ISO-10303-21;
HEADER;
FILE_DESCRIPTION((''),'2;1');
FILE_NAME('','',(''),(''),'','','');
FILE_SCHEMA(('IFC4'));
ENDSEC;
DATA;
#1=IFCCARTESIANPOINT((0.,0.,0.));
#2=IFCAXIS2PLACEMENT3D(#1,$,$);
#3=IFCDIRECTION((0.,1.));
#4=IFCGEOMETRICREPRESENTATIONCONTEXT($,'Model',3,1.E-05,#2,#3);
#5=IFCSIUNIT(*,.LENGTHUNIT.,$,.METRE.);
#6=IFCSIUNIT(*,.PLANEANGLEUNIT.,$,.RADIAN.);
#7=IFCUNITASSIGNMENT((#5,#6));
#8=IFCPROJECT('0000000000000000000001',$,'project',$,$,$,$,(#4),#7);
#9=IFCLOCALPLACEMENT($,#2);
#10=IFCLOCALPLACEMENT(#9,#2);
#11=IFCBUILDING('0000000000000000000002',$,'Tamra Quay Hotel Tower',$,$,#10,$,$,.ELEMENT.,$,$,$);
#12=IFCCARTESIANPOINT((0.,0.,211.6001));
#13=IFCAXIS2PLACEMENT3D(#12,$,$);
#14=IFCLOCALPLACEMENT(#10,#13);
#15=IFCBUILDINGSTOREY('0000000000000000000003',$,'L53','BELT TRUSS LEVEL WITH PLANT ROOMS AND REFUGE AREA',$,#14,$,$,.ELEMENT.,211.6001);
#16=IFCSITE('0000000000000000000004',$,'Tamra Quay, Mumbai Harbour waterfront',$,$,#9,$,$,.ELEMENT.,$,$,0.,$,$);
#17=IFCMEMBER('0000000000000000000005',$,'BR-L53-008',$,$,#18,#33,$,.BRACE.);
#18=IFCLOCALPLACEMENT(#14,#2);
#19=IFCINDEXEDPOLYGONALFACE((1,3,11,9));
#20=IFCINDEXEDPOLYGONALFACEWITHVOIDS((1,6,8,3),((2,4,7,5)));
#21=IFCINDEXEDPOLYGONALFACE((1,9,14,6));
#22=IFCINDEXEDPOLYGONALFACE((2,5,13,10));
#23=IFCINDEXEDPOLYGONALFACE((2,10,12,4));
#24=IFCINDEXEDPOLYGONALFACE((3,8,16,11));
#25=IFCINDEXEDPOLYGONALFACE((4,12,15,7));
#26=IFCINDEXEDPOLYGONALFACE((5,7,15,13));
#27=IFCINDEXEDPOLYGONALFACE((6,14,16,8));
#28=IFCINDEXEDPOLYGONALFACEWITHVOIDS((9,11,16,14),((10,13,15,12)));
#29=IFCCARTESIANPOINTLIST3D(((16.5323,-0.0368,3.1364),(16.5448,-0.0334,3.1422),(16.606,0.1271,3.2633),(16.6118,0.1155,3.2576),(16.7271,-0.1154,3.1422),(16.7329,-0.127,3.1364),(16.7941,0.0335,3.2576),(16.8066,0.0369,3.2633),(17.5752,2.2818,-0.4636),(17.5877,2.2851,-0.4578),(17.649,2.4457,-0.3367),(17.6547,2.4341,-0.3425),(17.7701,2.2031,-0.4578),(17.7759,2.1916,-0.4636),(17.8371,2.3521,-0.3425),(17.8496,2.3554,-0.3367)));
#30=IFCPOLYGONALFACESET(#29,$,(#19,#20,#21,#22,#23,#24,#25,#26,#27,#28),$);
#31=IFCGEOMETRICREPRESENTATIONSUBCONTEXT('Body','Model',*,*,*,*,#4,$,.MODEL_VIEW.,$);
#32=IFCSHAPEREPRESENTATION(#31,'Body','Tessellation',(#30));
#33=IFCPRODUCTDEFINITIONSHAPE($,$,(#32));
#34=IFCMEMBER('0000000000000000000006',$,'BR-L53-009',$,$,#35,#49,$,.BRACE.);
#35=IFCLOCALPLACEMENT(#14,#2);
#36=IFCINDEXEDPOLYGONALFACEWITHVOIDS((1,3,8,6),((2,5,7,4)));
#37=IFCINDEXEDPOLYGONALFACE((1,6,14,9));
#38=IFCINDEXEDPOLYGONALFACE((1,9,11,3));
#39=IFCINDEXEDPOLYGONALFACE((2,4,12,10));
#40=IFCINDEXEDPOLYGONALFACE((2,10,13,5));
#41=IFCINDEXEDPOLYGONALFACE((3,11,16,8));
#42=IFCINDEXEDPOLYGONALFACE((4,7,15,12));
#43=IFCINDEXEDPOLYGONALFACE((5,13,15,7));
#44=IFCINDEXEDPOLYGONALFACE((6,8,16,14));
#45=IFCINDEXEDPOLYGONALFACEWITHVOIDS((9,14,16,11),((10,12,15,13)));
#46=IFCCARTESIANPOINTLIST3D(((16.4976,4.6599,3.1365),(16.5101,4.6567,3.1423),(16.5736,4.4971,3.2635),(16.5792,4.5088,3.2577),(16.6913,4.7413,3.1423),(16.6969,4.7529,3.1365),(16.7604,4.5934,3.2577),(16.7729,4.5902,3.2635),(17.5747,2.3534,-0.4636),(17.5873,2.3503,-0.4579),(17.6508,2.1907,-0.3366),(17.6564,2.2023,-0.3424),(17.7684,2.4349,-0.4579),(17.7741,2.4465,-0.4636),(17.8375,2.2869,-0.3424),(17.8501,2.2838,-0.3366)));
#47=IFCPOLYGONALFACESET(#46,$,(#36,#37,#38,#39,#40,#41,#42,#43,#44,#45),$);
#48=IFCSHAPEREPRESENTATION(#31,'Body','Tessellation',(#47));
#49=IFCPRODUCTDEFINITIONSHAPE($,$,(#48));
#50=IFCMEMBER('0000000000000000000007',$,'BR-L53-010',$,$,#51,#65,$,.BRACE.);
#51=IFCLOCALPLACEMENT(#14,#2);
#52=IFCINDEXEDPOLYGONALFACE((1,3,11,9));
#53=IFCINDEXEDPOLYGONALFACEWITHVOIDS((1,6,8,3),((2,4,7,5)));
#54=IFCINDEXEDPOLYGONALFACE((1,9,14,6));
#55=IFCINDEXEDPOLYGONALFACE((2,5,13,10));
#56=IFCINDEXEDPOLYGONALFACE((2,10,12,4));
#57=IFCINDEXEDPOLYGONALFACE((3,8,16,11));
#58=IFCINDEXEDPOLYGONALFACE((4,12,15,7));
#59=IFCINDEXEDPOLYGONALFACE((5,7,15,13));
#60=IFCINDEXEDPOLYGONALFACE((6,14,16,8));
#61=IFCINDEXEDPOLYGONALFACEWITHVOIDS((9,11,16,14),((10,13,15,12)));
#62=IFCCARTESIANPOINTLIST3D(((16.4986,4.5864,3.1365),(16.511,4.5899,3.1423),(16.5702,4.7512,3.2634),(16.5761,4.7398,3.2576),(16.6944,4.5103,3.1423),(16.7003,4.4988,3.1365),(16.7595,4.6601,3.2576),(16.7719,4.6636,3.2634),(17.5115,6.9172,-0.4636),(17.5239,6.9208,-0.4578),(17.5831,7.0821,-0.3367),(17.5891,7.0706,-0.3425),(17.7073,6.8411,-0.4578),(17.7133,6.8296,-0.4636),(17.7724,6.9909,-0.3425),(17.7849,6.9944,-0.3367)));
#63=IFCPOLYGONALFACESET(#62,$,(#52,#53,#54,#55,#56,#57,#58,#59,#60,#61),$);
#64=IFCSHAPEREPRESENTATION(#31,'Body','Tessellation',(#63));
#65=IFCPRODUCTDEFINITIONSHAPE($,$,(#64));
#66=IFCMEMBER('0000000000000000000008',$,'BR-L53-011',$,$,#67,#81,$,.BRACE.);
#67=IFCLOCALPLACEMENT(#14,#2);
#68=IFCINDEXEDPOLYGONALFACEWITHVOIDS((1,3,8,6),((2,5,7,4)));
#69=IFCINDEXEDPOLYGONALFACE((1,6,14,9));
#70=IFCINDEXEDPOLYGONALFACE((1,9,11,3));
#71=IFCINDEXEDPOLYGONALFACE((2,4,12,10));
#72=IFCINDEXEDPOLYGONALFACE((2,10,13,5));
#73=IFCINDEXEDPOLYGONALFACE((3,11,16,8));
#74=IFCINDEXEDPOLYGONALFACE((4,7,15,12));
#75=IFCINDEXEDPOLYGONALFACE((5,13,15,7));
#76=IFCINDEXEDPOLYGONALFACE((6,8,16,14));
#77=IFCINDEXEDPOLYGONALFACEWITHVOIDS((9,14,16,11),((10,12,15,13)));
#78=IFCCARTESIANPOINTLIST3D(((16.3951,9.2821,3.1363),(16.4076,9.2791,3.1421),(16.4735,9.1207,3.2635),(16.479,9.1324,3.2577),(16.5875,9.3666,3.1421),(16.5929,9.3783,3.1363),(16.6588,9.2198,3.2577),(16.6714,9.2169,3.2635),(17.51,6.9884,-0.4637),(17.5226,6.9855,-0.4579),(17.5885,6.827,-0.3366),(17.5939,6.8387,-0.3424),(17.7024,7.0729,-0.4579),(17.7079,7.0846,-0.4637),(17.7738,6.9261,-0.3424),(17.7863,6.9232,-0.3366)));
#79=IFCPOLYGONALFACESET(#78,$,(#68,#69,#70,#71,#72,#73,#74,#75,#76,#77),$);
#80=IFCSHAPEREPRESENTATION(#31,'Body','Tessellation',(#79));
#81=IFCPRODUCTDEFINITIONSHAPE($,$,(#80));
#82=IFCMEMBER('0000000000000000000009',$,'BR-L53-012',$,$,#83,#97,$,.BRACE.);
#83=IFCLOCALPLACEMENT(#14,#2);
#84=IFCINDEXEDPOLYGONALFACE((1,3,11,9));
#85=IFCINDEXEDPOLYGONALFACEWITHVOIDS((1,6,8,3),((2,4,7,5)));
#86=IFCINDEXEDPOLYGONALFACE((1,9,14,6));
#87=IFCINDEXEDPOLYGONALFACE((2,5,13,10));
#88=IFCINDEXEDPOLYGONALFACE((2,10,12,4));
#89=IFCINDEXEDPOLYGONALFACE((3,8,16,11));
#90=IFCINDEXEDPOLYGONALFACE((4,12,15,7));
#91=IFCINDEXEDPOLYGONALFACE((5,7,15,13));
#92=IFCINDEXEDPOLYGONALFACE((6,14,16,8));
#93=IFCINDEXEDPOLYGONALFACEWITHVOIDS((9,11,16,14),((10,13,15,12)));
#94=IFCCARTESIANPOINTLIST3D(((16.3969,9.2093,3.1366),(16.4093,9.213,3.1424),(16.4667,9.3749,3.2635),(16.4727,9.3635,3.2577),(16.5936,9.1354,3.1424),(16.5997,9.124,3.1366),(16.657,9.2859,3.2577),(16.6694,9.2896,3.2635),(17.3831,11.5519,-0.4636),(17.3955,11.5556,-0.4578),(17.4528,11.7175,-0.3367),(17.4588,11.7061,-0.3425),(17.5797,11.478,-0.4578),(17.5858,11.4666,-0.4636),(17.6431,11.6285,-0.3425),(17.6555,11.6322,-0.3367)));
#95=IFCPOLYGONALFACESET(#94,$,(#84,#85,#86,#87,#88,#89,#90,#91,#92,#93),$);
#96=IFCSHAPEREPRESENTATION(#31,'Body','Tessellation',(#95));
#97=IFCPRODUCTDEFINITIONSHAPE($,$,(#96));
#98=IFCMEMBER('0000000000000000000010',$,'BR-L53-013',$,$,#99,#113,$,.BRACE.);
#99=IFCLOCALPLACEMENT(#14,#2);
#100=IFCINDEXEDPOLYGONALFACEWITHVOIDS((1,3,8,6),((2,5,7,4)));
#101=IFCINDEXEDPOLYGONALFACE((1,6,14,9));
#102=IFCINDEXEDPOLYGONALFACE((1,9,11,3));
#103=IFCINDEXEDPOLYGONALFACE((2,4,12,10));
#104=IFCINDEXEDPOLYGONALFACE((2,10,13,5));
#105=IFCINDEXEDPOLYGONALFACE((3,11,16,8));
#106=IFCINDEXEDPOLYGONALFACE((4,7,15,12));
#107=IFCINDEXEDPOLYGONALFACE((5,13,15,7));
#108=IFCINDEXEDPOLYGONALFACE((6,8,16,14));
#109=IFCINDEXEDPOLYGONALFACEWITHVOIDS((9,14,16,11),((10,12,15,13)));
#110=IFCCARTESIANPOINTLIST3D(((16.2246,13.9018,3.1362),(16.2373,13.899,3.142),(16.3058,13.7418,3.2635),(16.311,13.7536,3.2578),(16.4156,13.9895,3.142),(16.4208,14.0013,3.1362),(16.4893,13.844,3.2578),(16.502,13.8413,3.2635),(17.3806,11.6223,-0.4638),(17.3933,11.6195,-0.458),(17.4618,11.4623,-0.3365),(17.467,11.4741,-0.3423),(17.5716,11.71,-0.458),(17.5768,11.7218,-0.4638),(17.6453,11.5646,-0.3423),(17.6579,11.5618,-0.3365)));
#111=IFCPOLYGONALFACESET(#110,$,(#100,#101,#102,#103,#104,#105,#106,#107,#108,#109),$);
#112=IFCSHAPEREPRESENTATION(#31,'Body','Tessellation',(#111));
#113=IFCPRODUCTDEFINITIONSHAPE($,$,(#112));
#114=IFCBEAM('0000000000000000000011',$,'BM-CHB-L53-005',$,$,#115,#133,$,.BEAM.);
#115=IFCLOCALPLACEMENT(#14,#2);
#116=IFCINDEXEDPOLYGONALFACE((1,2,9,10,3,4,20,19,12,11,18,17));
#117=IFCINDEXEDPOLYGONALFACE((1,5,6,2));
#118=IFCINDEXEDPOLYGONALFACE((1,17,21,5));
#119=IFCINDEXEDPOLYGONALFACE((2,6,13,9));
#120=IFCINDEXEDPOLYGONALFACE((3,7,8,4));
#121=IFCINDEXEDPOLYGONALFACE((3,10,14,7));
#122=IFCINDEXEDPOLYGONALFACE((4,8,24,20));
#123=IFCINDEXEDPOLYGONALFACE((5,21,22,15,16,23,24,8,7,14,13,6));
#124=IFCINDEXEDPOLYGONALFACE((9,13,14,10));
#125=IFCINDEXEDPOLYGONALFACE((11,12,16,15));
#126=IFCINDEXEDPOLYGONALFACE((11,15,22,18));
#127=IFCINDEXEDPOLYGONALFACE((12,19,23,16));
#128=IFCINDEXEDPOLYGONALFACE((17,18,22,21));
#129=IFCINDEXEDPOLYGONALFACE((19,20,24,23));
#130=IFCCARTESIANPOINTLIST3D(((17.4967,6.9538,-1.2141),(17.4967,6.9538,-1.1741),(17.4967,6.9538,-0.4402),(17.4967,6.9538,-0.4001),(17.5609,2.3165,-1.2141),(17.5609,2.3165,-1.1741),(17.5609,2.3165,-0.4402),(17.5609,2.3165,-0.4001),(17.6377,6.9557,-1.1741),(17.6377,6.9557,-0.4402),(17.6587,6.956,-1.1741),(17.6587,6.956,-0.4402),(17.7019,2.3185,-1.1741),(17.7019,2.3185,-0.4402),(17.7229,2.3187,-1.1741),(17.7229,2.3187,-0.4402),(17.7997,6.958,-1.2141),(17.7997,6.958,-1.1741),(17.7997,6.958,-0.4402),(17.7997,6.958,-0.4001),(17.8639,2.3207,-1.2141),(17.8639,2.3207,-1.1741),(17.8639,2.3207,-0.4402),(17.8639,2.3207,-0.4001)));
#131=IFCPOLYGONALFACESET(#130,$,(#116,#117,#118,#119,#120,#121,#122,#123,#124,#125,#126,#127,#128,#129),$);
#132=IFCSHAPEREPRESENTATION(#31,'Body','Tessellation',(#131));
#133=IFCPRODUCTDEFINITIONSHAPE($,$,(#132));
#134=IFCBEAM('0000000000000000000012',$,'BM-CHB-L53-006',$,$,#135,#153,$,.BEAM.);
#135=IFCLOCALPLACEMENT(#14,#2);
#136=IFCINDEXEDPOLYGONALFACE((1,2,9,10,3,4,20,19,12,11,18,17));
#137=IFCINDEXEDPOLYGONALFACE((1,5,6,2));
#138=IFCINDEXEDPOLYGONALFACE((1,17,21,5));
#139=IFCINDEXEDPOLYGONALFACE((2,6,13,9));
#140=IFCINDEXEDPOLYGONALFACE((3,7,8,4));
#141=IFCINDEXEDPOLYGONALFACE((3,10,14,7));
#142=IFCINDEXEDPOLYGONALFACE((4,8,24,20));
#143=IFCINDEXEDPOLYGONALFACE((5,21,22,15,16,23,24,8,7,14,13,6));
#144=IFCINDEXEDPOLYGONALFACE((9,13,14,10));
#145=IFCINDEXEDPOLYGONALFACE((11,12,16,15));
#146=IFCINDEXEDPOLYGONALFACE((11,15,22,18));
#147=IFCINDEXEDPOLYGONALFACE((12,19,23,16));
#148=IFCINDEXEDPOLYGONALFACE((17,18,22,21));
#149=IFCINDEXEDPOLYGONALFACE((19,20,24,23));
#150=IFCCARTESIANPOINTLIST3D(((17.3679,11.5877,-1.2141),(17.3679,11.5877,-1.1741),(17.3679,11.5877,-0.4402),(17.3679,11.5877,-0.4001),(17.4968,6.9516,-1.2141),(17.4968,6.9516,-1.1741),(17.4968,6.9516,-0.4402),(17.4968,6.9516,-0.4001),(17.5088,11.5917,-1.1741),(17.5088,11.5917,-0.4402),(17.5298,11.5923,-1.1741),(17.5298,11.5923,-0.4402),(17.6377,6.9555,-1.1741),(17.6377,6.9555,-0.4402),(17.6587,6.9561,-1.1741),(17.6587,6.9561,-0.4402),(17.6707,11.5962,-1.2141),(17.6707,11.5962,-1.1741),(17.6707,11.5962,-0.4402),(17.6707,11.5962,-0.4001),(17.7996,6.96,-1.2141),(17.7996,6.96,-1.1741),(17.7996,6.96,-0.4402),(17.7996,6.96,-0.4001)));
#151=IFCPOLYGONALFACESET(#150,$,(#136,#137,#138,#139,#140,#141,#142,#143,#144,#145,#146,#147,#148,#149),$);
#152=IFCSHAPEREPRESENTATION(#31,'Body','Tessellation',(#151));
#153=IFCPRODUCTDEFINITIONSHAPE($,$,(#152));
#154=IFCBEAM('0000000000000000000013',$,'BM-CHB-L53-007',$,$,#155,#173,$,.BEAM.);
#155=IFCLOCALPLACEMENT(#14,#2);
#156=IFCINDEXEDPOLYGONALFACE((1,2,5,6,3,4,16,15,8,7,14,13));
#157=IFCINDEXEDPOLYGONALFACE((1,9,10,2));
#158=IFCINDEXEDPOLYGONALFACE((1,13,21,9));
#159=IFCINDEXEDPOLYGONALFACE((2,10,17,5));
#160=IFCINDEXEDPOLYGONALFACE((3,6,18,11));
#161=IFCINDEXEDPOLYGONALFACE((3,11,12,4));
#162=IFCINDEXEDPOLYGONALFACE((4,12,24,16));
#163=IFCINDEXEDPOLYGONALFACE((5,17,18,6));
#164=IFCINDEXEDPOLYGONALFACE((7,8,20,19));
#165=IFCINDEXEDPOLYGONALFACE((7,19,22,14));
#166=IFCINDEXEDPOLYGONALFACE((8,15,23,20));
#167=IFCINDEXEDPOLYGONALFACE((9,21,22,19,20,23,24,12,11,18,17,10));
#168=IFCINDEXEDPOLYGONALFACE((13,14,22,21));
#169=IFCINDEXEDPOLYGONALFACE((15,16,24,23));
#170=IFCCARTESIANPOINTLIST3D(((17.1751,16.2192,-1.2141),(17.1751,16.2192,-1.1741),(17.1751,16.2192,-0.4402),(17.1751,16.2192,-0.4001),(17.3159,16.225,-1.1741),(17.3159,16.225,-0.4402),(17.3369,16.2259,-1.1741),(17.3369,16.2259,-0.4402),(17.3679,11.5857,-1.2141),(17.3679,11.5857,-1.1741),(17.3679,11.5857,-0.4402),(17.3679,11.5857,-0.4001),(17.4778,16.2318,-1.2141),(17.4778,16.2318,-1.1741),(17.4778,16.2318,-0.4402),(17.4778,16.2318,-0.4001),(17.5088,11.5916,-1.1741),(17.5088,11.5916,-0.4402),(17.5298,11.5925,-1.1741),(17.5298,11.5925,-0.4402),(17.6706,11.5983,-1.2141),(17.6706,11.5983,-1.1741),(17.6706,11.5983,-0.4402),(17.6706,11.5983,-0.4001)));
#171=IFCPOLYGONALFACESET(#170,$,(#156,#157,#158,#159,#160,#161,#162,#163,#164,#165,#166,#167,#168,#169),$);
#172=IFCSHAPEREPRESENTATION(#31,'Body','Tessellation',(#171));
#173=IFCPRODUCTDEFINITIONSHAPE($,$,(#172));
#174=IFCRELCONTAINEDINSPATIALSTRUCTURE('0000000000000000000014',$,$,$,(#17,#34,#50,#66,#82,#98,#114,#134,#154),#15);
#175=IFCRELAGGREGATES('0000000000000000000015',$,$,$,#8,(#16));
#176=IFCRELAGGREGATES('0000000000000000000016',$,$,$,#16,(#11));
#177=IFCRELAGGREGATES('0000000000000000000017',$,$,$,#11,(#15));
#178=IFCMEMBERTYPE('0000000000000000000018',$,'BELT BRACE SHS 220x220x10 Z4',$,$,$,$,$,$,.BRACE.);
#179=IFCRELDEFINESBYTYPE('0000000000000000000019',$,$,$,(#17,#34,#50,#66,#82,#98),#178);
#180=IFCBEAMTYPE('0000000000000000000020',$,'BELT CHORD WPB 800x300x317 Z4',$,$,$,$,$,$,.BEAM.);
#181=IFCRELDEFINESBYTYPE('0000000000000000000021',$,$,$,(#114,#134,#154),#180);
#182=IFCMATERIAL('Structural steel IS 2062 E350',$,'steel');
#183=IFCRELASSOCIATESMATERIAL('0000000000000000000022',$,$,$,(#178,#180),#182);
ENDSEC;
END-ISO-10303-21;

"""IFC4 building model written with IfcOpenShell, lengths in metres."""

from ifc_helpers import new_model, si_unit, direction, frame, origin, origin_2d, place, context, subcontext, project, spatial, hollow_rectangle, i_section, extrude, material, material_profile, profile_set, type_object, element, save


model = new_model("IFC4")

# Units and contexts
model_context = context("Model", 3, precision=1e-05, world=origin(), true_north=direction((0.0, 1.0)))
body_context = subcontext(model_context, "Body", "Model", "MODEL_VIEW")
ifc_project = project(units=[si_unit("LENGTHUNIT", "METRE"), si_unit("PLANEANGLEUNIT", "RADIAN")], contexts=[model_context])

# Site, building, storey
site_placement = place(None, origin())
site = spatial("IfcSite", under=ifc_project, at=site_placement, Name="Tamra Quay, Mumbai Harbour waterfront", CompositionType="ELEMENT", RefElevation=0.0)
building_placement = place(site_placement, origin())
building = spatial("IfcBuilding", under=site, at=building_placement, Name="Tamra Quay Hotel Tower", CompositionType="ELEMENT")
storey_placement = place(building_placement, frame((0.0, 0.0, 211.6001)))
storey = spatial("IfcBuildingStorey", under=building, at=storey_placement, Name="L53", Description="BELT TRUSS LEVEL WITH PLANT ROOMS AND REFUGE AREA", CompositionType="ELEMENT", Elevation=211.6001)

# Members
ifc_material_1 = material(Name="Structural steel IS 2062 E350", Category="steel")
ifc_material_profile_1 = material_profile(ifc_material_1, hollow_rectangle(XDim=0.22, YDim=0.22, WallThickness=0.01, at=origin_2d()), Name="SHS 220x220x10")
ifc_profile_set_1 = profile_set([ifc_material_profile_1], Name="Structural steel IS 2062 E350")
member_type_1 = type_object("IfcMemberType", Name="BELT BRACE SHS 220x220x10 Z4", PredefinedType="BRACE", material=ifc_profile_set_1)
member_1_placement = place(storey_placement, frame((17.7124, 2.3186, -0.4001), z_axis=(-0.236645, -0.526081, 0.816846), x_axis=(0.911981, -0.410233, 0.0)))
element("IfcMember", 1, at=member_1_placement, inside=storey, type_object=member_type_1, Name="BR-L53-008", PredefinedType="BRACE", context=body_context, shape_type="SweptSolid", body=[
    extrude(hollow_rectangle(XDim=0.22, YDim=0.22, WallThickness=0.01, at=origin_2d()), origin(), (0.0, 0.0, 1.0), 4.4072),
])
member_2_placement = place(storey_placement, frame((17.7124, 2.3186, -0.4001), z_axis=(-0.2443, 0.523096, 0.81651), x_axis=(-0.906058, -0.423153, 0.0)))
element("IfcMember", 2, at=member_2_placement, inside=storey, type_object=member_type_1, Name="BR-L53-009", PredefinedType="BRACE", context=body_context, shape_type="SweptSolid", body=[
    extrude(hollow_rectangle(XDim=0.22, YDim=0.22, WallThickness=0.01, at=origin_2d()), origin(), (0.0, 0.0, 1.0), 4.4092),
])
member_3_placement = place(storey_placement, frame((17.6482, 6.9558, -0.4001), z_axis=(-0.229861, -0.528919, 0.816951), x_axis=(0.917136, -0.398575, 0.0)))
element("IfcMember", 3, at=member_3_placement, inside=storey, type_object=member_type_1, Name="BR-L53-010", PredefinedType="BRACE", context=body_context, shape_type="SweptSolid", body=[
    extrude(hollow_rectangle(XDim=0.22, YDim=0.22, WallThickness=0.01, at=origin_2d()), origin(), (0.0, 0.0, 1.0), 4.4067),
])
member_4_placement = place(storey_placement, frame((17.6482, 6.9558, -0.4001), z_axis=(-0.252723, 0.519888, 0.815995), x_axis=(-0.899368, -0.437192, 0.0)))
element("IfcMember", 4, at=member_4_placement, inside=storey, type_object=member_type_1, Name="BR-L53-011", PredefinedType="BRACE", context=body_context, shape_type="SweptSolid", body=[
    extrude(hollow_rectangle(XDim=0.22, YDim=0.22, WallThickness=0.01, at=origin_2d()), origin(), (0.0, 0.0, 1.0), 4.4119),
])
member_5_placement = place(storey_placement, frame((17.5193, 11.592, -0.4001), z_axis=(-0.223761, -0.531563, 0.816928), x_axis=(0.92167, -0.387975, 0.0)))
element("IfcMember", 5, at=member_5_placement, inside=storey, type_object=member_type_1, Name="BR-L53-012", PredefinedType="BRACE", context=body_context, shape_type="SweptSolid", body=[
    extrude(hollow_rectangle(XDim=0.22, YDim=0.22, WallThickness=0.01, at=origin_2d()), origin(), (0.0, 0.0, 1.0), 4.407),
])
member_6_placement = place(storey_placement, frame((17.5193, 11.592, -0.4001), z_axis=(-0.261828, 0.516302, 0.8154), x_axis=(-0.891872, -0.452288, 0.0)))
element("IfcMember", 6, at=member_6_placement, inside=storey, type_object=member_type_1, Name="BR-L53-013", PredefinedType="BRACE", context=body_context, shape_type="SweptSolid", body=[
    extrude(hollow_rectangle(XDim=0.22, YDim=0.22, WallThickness=0.01, at=origin_2d()), origin(), (0.0, 0.0, 1.0), 4.415),
])

# Beams
ifc_material_profile_2 = material_profile(ifc_material_1, i_section(OverallWidth=0.303, OverallDepth=0.814, WebThickness=0.021, FlangeThickness=0.04, at=origin_2d()), Name="WPB 800x300x317")
ifc_profile_set_2 = profile_set([ifc_material_profile_2], Name="Structural steel IS 2062 E350")
beam_type_1 = type_object("IfcBeamType", Name="BELT CHORD WPB 800x300x317 Z4", PredefinedType="BEAM", material=ifc_profile_set_2)
beam_1_placement = place(storey_placement, frame((17.7124, 2.3186, -0.8071), z_axis=(-0.013845, 0.999904, 0.0), x_axis=(-0.999904, -0.013845, 0.0)))
element("IfcBeam", 7, at=beam_1_placement, inside=storey, type_object=beam_type_1, Name="BM-CHB-L53-005", PredefinedType="BEAM", context=body_context, shape_type="SweptSolid", body=[
    extrude(i_section(OverallWidth=0.303, OverallDepth=0.814, WebThickness=0.021, FlangeThickness=0.04, at=origin_2d()), origin(), (0.0, 0.0, 1.0), 4.6377),
])
beam_2_placement = place(storey_placement, frame((17.6482, 6.9558, -0.8071), z_axis=(-0.027793, 0.999614, 0.0), x_axis=(-0.999614, -0.027793, 0.0)))
element("IfcBeam", 8, at=beam_2_placement, inside=storey, type_object=beam_type_1, Name="BM-CHB-L53-006", PredefinedType="BEAM", context=body_context, shape_type="SweptSolid", body=[
    extrude(i_section(OverallWidth=0.303, OverallDepth=0.814, WebThickness=0.021, FlangeThickness=0.04, at=origin_2d()), origin(), (0.0, 0.0, 1.0), 4.6379),
])
beam_3_placement = place(storey_placement, frame((17.5193, 11.592, -0.8071), z_axis=(-0.041589, 0.999135, 0.0), x_axis=(-0.999135, -0.041589, 0.0)))
element("IfcBeam", 9, at=beam_3_placement, inside=storey, type_object=beam_type_1, Name="BM-CHB-L53-007", PredefinedType="BEAM", context=body_context, shape_type="SweptSolid", body=[
    extrude(i_section(OverallWidth=0.303, OverallDepth=0.814, WebThickness=0.021, FlangeThickness=0.04, at=origin_2d()), origin(), (0.0, 0.0, 1.0), 4.6375),
])

save(model, "model.ifc")
